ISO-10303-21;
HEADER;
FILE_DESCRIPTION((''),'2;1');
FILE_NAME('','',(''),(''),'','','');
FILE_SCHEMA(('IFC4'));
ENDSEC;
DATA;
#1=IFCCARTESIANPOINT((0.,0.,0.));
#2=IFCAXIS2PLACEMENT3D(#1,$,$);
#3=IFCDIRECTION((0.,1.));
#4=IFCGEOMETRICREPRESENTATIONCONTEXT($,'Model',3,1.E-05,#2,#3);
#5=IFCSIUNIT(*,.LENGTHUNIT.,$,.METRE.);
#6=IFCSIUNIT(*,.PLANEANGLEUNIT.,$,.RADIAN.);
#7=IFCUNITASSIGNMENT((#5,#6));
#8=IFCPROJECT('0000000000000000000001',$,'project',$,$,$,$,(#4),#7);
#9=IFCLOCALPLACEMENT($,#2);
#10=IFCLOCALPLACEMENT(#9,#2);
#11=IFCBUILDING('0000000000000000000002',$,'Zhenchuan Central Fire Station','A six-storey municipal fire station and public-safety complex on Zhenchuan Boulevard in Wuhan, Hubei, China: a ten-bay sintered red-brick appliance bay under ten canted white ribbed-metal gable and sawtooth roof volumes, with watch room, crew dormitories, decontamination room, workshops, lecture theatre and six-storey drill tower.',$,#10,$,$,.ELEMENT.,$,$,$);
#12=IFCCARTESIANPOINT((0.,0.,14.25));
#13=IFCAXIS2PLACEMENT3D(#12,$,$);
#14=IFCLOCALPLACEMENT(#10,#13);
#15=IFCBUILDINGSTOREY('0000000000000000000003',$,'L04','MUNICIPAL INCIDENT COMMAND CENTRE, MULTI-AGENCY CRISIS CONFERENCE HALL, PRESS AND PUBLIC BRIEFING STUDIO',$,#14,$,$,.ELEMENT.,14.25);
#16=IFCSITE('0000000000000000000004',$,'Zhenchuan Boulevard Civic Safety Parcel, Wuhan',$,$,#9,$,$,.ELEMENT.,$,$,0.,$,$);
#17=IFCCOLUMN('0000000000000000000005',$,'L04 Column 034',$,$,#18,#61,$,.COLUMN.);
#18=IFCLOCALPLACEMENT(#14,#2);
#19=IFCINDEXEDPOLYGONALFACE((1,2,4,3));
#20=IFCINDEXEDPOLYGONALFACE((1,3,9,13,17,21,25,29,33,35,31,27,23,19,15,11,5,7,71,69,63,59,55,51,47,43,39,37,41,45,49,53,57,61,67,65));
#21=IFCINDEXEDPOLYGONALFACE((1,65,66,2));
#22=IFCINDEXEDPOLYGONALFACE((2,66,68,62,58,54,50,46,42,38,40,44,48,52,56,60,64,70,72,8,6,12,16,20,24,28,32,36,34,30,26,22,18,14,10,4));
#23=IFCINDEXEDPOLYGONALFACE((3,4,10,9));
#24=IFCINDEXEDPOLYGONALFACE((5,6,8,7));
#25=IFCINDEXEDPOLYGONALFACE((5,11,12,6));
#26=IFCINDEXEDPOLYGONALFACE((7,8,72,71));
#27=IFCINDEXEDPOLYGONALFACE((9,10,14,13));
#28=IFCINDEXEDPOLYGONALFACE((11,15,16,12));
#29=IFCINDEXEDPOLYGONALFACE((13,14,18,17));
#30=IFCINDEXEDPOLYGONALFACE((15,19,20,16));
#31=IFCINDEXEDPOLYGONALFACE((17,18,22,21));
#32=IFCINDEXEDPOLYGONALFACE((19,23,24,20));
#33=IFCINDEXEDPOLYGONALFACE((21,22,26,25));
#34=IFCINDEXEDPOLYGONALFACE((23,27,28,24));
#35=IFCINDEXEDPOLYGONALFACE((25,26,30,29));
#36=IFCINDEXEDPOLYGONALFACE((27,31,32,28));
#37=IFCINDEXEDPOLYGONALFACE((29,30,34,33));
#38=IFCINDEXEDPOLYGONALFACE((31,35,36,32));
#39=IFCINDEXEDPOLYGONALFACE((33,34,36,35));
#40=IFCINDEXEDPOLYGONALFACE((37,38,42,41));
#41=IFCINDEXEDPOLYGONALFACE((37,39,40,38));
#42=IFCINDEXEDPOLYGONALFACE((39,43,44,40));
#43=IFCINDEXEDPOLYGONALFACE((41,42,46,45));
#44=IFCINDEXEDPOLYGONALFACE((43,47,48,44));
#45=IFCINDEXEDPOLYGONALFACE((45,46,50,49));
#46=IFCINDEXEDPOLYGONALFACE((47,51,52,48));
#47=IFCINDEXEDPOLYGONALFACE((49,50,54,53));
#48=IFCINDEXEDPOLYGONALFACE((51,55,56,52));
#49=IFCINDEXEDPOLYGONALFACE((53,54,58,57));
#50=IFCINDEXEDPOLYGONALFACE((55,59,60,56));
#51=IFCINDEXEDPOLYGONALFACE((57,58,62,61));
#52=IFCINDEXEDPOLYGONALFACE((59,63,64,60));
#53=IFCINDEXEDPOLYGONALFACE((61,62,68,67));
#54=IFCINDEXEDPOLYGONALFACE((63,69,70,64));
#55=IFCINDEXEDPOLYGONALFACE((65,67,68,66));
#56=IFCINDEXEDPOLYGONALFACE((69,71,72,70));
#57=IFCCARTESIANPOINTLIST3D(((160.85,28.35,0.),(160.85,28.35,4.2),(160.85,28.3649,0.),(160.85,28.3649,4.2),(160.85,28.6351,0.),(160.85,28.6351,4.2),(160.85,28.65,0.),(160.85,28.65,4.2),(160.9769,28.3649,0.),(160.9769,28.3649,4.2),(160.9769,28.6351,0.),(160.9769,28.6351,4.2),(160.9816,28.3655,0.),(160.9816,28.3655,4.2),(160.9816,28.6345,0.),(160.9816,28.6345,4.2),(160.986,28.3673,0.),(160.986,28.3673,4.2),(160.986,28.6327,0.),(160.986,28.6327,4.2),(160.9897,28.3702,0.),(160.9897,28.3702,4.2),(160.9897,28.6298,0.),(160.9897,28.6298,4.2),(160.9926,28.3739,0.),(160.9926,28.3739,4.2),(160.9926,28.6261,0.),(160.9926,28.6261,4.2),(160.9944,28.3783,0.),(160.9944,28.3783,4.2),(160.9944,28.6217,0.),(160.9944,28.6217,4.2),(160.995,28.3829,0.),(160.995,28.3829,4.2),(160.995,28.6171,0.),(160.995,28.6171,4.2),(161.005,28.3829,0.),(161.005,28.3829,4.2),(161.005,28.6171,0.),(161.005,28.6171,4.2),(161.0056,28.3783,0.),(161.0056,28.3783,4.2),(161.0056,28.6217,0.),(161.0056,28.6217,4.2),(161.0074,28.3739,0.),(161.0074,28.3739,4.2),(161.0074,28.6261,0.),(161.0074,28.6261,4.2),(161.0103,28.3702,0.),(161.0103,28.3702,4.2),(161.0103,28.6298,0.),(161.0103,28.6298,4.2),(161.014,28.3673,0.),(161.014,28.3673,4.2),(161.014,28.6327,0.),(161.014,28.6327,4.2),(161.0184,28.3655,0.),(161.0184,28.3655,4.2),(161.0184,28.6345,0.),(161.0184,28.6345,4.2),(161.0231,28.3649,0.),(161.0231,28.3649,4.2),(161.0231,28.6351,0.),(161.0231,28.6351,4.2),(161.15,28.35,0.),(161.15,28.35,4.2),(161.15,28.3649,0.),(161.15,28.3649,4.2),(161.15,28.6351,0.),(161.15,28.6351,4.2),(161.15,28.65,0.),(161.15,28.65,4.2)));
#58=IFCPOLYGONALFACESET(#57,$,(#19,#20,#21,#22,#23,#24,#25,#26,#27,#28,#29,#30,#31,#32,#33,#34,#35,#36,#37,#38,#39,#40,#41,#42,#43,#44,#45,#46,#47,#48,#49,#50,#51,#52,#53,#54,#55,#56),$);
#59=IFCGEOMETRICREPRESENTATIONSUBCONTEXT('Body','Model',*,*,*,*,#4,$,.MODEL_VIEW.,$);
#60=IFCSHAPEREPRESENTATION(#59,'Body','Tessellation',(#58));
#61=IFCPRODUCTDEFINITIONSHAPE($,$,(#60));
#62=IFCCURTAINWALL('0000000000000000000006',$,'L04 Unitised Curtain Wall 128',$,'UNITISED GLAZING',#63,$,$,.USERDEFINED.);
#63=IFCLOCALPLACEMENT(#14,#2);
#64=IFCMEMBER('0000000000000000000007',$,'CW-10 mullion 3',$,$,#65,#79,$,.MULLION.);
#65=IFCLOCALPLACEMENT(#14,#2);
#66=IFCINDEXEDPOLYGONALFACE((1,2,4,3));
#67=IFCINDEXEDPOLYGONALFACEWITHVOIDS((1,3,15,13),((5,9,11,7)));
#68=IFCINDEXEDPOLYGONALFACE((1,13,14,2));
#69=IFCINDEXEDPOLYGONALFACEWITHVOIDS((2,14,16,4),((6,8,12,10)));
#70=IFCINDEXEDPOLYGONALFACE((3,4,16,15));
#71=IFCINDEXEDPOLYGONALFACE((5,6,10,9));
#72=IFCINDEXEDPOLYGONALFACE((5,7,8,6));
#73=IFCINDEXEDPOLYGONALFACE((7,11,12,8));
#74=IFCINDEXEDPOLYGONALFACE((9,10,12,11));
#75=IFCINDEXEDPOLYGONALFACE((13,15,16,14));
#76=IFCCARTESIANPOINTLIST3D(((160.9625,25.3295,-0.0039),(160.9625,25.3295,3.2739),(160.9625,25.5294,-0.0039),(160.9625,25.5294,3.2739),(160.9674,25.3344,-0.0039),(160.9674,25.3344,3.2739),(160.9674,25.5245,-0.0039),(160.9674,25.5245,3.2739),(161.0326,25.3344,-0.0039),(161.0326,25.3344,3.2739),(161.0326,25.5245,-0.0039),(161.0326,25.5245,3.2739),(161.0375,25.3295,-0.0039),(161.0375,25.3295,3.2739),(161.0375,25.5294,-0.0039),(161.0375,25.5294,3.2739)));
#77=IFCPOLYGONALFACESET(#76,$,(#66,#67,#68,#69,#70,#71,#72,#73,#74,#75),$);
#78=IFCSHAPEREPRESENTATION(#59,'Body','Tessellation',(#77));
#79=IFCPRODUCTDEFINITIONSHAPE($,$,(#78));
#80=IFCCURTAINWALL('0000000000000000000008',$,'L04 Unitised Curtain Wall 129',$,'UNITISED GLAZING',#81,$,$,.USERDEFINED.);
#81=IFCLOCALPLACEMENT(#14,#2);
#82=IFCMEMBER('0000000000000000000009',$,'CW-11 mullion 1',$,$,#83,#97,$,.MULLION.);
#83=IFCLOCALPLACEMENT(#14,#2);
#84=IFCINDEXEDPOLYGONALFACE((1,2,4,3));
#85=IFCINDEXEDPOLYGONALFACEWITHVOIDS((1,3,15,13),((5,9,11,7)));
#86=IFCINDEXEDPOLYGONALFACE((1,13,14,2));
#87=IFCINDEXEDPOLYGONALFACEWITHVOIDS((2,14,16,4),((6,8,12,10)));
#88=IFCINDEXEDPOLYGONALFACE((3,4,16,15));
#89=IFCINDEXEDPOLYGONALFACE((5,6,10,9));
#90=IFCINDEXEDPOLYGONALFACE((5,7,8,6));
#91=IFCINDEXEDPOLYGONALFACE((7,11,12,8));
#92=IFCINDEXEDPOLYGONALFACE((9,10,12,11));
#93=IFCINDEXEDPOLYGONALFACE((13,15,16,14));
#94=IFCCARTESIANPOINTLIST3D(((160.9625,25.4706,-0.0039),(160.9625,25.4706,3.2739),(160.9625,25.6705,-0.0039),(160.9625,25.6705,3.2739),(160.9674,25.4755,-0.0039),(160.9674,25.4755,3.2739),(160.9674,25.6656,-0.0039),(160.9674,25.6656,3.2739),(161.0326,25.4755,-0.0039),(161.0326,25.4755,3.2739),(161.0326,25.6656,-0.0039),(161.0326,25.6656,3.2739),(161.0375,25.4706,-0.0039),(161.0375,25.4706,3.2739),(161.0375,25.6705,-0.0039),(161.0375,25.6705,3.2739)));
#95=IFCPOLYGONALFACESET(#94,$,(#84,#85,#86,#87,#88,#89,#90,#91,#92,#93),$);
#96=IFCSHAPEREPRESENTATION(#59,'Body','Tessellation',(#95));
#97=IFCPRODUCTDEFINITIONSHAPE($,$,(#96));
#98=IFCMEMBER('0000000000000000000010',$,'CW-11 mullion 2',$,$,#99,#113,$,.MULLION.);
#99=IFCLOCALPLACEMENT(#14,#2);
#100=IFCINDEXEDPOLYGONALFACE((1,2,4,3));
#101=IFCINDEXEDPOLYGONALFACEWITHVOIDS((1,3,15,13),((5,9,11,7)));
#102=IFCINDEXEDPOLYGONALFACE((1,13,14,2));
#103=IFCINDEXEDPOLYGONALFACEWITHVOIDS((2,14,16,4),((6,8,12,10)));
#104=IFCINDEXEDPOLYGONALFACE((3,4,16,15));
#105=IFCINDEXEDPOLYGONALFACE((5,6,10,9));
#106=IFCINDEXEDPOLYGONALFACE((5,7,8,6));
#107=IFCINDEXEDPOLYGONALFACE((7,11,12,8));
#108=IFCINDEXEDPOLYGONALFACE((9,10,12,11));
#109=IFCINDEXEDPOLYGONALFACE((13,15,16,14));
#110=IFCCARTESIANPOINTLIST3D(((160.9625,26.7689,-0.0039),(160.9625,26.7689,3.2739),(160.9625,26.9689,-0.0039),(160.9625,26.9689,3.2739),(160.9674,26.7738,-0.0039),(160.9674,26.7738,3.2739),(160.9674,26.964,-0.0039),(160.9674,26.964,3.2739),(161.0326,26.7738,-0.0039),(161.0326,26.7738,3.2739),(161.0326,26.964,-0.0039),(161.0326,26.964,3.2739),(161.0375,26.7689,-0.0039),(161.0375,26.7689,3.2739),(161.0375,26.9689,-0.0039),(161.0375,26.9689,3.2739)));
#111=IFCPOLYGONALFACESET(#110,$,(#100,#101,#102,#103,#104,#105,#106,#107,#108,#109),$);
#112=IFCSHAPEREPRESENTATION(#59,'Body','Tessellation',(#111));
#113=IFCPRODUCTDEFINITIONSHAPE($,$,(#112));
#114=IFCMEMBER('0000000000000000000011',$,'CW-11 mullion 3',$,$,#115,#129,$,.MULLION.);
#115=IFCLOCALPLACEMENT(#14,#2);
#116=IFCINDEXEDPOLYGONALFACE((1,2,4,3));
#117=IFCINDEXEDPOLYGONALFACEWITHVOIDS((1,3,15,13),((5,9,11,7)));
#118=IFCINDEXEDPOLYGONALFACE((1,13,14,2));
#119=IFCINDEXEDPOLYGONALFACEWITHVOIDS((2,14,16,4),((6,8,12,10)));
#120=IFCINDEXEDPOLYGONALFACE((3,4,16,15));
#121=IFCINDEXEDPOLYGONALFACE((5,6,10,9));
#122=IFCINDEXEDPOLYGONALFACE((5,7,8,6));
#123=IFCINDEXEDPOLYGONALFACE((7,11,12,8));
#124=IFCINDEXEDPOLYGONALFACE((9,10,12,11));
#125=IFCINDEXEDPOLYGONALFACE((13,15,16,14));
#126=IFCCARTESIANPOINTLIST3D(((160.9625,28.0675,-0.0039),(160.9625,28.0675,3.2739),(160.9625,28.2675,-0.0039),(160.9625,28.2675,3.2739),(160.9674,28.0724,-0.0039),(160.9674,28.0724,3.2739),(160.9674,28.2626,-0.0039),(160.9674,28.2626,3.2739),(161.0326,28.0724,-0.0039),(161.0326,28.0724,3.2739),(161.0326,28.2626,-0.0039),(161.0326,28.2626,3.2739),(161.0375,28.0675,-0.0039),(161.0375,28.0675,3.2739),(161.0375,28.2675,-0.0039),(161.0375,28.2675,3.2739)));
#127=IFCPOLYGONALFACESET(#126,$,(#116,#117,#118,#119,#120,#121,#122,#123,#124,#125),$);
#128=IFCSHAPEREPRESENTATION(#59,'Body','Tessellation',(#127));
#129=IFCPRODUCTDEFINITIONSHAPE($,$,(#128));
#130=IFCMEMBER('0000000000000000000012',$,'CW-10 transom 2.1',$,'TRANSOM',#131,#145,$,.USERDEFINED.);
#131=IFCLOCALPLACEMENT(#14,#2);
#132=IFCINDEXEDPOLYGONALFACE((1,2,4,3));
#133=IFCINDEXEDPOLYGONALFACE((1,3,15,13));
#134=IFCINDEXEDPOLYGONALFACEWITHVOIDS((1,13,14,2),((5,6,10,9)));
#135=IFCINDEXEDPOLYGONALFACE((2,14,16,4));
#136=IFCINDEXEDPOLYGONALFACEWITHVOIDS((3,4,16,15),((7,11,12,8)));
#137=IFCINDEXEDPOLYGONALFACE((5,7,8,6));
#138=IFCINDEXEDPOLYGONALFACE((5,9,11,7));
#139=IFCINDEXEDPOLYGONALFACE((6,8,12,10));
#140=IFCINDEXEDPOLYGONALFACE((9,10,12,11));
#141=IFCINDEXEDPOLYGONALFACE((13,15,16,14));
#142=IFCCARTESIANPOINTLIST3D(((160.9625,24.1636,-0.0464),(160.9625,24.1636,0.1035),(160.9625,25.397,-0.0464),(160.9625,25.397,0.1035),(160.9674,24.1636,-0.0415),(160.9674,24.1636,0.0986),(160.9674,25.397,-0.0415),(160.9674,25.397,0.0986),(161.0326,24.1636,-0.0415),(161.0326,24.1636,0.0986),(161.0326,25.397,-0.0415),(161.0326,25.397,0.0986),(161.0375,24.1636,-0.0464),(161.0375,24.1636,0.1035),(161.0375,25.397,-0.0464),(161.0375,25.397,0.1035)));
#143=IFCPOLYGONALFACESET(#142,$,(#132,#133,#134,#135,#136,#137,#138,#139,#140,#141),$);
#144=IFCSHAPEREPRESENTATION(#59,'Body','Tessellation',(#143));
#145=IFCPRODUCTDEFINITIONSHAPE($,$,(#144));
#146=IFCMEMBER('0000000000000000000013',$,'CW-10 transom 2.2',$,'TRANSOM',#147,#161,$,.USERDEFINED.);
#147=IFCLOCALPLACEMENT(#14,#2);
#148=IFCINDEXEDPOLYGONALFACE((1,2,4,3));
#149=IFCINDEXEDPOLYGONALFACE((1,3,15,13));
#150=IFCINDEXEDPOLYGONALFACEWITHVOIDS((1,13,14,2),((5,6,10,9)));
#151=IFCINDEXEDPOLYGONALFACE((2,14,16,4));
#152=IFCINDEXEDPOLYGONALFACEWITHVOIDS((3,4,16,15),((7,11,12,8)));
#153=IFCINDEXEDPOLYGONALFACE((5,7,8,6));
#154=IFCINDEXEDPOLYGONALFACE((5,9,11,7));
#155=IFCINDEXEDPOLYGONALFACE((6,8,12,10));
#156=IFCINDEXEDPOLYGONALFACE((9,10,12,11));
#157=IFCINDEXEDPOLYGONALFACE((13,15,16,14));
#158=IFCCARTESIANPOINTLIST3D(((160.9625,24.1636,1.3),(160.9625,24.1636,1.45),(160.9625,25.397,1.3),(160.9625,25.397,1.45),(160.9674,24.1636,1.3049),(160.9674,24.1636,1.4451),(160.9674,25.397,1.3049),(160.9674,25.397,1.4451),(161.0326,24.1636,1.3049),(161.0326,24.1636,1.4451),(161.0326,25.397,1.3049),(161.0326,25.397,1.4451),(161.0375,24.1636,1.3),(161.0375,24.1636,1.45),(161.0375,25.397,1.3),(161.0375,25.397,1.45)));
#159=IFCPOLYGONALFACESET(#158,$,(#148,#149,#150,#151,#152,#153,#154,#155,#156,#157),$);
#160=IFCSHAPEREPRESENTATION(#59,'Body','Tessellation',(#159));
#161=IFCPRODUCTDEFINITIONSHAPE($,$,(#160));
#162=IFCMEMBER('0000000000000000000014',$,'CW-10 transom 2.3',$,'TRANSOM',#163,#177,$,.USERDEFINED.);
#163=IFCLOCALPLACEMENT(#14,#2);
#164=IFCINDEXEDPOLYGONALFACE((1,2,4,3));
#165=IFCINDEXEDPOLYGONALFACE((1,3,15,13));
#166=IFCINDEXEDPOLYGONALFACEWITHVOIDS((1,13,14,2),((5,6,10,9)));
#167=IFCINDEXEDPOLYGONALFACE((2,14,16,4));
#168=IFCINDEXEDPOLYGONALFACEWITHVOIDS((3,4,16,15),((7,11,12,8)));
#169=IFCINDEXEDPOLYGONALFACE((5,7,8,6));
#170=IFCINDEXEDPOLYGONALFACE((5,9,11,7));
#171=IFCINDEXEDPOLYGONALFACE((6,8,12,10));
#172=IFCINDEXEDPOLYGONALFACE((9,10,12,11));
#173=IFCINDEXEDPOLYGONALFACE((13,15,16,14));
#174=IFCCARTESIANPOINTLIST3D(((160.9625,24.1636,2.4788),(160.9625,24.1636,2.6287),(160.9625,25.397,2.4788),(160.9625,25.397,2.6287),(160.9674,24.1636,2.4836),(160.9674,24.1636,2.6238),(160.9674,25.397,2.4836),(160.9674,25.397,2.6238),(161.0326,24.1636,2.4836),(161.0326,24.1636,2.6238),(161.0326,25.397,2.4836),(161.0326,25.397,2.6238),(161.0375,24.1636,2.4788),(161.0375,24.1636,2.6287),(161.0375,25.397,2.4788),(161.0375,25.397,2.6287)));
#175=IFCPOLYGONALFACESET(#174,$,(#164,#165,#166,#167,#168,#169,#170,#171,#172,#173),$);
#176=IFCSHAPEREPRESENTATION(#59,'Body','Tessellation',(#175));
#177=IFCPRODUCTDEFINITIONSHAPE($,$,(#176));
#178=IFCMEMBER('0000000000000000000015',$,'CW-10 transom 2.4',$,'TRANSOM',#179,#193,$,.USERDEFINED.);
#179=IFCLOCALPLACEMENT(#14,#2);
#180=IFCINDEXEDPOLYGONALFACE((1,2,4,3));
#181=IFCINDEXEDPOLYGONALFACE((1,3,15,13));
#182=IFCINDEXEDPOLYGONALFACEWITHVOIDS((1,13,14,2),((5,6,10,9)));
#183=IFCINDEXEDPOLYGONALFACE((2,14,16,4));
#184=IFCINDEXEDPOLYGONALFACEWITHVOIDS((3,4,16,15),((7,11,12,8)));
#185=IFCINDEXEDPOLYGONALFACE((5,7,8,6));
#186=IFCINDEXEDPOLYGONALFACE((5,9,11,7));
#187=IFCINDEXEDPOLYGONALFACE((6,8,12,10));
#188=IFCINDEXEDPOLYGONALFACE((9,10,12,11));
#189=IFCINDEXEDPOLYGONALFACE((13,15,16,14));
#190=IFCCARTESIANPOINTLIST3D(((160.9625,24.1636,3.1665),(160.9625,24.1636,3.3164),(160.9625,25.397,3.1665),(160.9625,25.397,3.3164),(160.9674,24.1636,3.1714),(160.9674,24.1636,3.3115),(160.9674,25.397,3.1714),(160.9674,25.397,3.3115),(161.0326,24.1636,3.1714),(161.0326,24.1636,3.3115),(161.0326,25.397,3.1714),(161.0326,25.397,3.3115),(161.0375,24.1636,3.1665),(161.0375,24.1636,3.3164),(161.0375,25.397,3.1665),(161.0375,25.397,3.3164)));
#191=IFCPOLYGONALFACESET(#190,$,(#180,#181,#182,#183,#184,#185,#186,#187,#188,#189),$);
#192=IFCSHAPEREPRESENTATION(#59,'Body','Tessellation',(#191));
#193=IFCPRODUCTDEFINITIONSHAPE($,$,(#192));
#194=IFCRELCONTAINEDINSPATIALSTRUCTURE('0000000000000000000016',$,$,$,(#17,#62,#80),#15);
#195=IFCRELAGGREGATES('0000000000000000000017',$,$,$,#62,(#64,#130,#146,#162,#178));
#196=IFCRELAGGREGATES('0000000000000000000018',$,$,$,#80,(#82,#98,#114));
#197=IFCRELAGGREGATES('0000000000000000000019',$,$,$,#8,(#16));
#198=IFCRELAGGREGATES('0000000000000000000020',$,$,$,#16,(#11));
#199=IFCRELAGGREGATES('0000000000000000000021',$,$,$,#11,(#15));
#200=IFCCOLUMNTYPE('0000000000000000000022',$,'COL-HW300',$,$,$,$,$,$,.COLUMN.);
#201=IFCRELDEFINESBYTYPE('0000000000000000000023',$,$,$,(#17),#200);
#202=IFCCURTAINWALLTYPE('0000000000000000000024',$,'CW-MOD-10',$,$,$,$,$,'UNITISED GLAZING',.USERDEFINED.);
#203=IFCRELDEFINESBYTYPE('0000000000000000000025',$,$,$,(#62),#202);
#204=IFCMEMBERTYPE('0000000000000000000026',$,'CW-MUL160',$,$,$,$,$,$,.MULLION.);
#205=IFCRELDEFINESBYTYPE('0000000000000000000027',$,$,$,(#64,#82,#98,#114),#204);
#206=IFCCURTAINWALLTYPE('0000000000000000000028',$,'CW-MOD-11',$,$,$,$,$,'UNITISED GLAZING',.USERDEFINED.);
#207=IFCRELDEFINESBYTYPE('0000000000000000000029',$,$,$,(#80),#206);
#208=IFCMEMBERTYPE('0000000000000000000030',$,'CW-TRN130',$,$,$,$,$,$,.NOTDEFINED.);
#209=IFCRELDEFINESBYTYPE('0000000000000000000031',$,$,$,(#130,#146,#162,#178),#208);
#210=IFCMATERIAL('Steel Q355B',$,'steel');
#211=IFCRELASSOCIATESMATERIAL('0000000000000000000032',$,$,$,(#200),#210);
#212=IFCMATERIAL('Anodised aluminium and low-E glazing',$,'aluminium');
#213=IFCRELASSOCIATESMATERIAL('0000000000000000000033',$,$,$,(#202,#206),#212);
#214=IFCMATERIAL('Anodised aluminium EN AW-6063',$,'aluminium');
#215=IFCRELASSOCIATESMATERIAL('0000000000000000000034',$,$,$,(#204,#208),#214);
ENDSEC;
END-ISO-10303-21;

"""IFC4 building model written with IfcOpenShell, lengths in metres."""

from ifc_helpers import new_model, si_unit, direction, frame, origin, origin_2d, place, context, subcontext, project, spatial, hollow_rectangle, i_section, extrude, material, material_profile, profile_set, type_object, element, aggregate, save


model = new_model("IFC4")

# Units and contexts
model_context = context("Model", 3, precision=1e-05, world=origin(), true_north=direction((0.0, 1.0)))
body_context = subcontext(model_context, "Body", "Model", "MODEL_VIEW")
ifc_project = project(units=[si_unit("LENGTHUNIT", "METRE"), si_unit("PLANEANGLEUNIT", "RADIAN")], contexts=[model_context])

# Site, building, storey
site_placement = place(None, origin())
site = spatial("IfcSite", under=ifc_project, at=site_placement, Name="Zhenchuan Boulevard Civic Safety Parcel, Wuhan", CompositionType="ELEMENT", RefElevation=0.0)
building_placement = place(site_placement, origin())
building = spatial("IfcBuilding", under=site, at=building_placement, Name="Zhenchuan Central Fire Station", Description="A six-storey municipal fire station and public-safety complex on Zhenchuan Boulevard in Wuhan, Hubei, China: a ten-bay sintered red-brick appliance bay under ten canted white ribbed-metal gable and sawtooth roof volumes, with watch room, crew dormitories, decontamination room, workshops, lecture theatre and six-storey drill tower.", CompositionType="ELEMENT")
storey_placement = place(building_placement, frame((0.0, 0.0, 14.25)))
storey = spatial("IfcBuildingStorey", under=building, at=storey_placement, Name="L04", Description="MUNICIPAL INCIDENT COMMAND CENTRE, MULTI-AGENCY CRISIS CONFERENCE HALL, PRESS AND PUBLIC BRIEFING STUDIO", CompositionType="ELEMENT", Elevation=14.25)

# Column
ifc_material_1 = material(Name="Steel Q355B", Category="steel")
ifc_material_profile_1 = material_profile(ifc_material_1, i_section(OverallWidth=0.3, OverallDepth=0.3, WebThickness=0.01, FlangeThickness=0.0149, FilletRadius=0.0181, at=origin_2d()), Name="HW 300x300")
ifc_profile_set_1 = profile_set([ifc_material_profile_1], Name="Steel Q355B")
column_type = type_object("IfcColumnType", Name="COL-HW300", PredefinedType="COLUMN", material=ifc_profile_set_1)
column_placement = place(storey_placement, frame((161.0, 28.5, 0.0), z_axis=(0.0, 0.0, 1.0), x_axis=(1.0, 0.0, 0.0)))
element("IfcColumn", 1, at=column_placement, inside=storey, type_object=column_type, Name="L04 Column 034", PredefinedType="COLUMN", context=body_context, shape_type="SweptSolid", body=[
    extrude(i_section(OverallWidth=0.3, OverallDepth=0.3, WebThickness=0.01, FlangeThickness=0.0149, FilletRadius=0.0181, at=origin_2d()), origin(), (0.0, 0.0, 1.0), 4.2),
])

# Curtain wall, member
ifc_material_2 = material(Name="Anodised aluminium and low-E glazing", Category="aluminium")
curtain_wall_type_1 = type_object("IfcCurtainWallType", Name="CW-MOD-10", ElementType="UNITISED GLAZING", PredefinedType="USERDEFINED", material=ifc_material_2)
curtain_wall_1_placement = place(storey_placement, origin())
curtain_wall_1 = element("IfcCurtainWall", 2, at=curtain_wall_1_placement, inside=storey, type_object=curtain_wall_type_1, Name="L04 Unitised Curtain Wall 128", ObjectType="UNITISED GLAZING", PredefinedType="USERDEFINED")
ifc_material_3 = material(Name="Anodised aluminium EN AW-6063", Category="aluminium")
ifc_material_profile_2 = material_profile(ifc_material_3, hollow_rectangle(XDim=0.075, YDim=0.2, WallThickness=0.0049, at=origin_2d()), Name="ALU-M 200x75")
ifc_profile_set_2 = profile_set([ifc_material_profile_2], Name="Anodised aluminium EN AW-6063")
member_type_1 = type_object("IfcMemberType", Name="CW-MUL160", PredefinedType="MULLION", material=ifc_profile_set_2)
member_1_placement = place(storey_placement, frame((161.0, 25.4294, -0.0039), z_axis=(0.0, 0.0, 1.0), x_axis=(-1.0, 0.0, 0.0)))
member_1 = element("IfcMember", 3, at=member_1_placement, type_object=member_type_1, Name="CW-10 mullion 3", PredefinedType="MULLION", context=body_context, shape_type="SweptSolid", body=[
    extrude(hollow_rectangle(XDim=0.075, YDim=0.2, WallThickness=0.0049, at=origin_2d()), origin(), (0.0, 0.0, 1.0), 3.2778),
])

# Curtain wall, members
curtain_wall_type_2 = type_object("IfcCurtainWallType", Name="CW-MOD-11", ElementType="UNITISED GLAZING", PredefinedType="USERDEFINED", material=ifc_material_2)
curtain_wall_2_placement = place(storey_placement, origin())
curtain_wall_2 = element("IfcCurtainWall", 4, at=curtain_wall_2_placement, inside=storey, type_object=curtain_wall_type_2, Name="L04 Unitised Curtain Wall 129", ObjectType="UNITISED GLAZING", PredefinedType="USERDEFINED")
member_2_placement = place(storey_placement, frame((161.0, 25.5706, -0.0039), z_axis=(0.0, 0.0, 1.0), x_axis=(-1.0, 0.0, 0.0)))
member_2 = element("IfcMember", 5, at=member_2_placement, type_object=member_type_1, Name="CW-11 mullion 1", PredefinedType="MULLION", context=body_context, shape_type="SweptSolid", body=[
    extrude(hollow_rectangle(XDim=0.075, YDim=0.2, WallThickness=0.0049, at=origin_2d()), origin(), (0.0, 0.0, 1.0), 3.2778),
])
member_3_placement = place(storey_placement, frame((161.0, 26.8689, -0.0039), z_axis=(0.0, 0.0, 1.0), x_axis=(-1.0, 0.0, 0.0)))
member_3 = element("IfcMember", 6, at=member_3_placement, type_object=member_type_1, Name="CW-11 mullion 2", PredefinedType="MULLION", context=body_context, shape_type="SweptSolid", body=[
    extrude(hollow_rectangle(XDim=0.075, YDim=0.2, WallThickness=0.0049, at=origin_2d()), origin(), (0.0, 0.0, 1.0), 3.2778),
])
member_4_placement = place(storey_placement, frame((161.0, 28.1675, -0.0039), z_axis=(0.0, 0.0, 1.0), x_axis=(-1.0, 0.0, 0.0)))
member_4 = element("IfcMember", 7, at=member_4_placement, type_object=member_type_1, Name="CW-11 mullion 3", PredefinedType="MULLION", context=body_context, shape_type="SweptSolid", body=[
    extrude(hollow_rectangle(XDim=0.075, YDim=0.2, WallThickness=0.0049, at=origin_2d()), origin(), (0.0, 0.0, 1.0), 3.2778),
])

# Members
ifc_material_profile_3 = material_profile(ifc_material_3, hollow_rectangle(XDim=0.075, YDim=0.1499, WallThickness=0.0049, at=origin_2d()), Name="ALU-T 150x75")
ifc_profile_set_3 = profile_set([ifc_material_profile_3], Name="Anodised aluminium EN AW-6063")
member_type_2 = type_object("IfcMemberType", Name="CW-TRN130", PredefinedType="NOTDEFINED", material=ifc_profile_set_3)
member_5_placement = place(storey_placement, frame((161.0, 24.1636, 0.0286), z_axis=(0.0, 1.0, 0.0), x_axis=(-1.0, 0.0, 0.0)))
member_5 = element("IfcMember", 8, at=member_5_placement, type_object=member_type_2, Name="CW-10 transom 2.1", ObjectType="TRANSOM", PredefinedType="USERDEFINED", context=body_context, shape_type="SweptSolid", body=[
    extrude(hollow_rectangle(XDim=0.075, YDim=0.1499, WallThickness=0.0049, at=origin_2d()), origin(), (0.0, 0.0, 1.0), 1.2334),
])
member_6_placement = place(storey_placement, frame((161.0, 24.1636, 1.375), z_axis=(0.0, 1.0, 0.0), x_axis=(-1.0, 0.0, 0.0)))
member_6 = element("IfcMember", 9, at=member_6_placement, type_object=member_type_2, Name="CW-10 transom 2.2", ObjectType="TRANSOM", PredefinedType="USERDEFINED", context=body_context, shape_type="SweptSolid", body=[
    extrude(hollow_rectangle(XDim=0.075, YDim=0.1499, WallThickness=0.0049, at=origin_2d()), origin(), (0.0, 0.0, 1.0), 1.2334),
])
member_7_placement = place(storey_placement, frame((161.0, 24.1636, 2.5537), z_axis=(0.0, 1.0, 0.0), x_axis=(-1.0, 0.0, 0.0)))
member_7 = element("IfcMember", 10, at=member_7_placement, type_object=member_type_2, Name="CW-10 transom 2.3", ObjectType="TRANSOM", PredefinedType="USERDEFINED", context=body_context, shape_type="SweptSolid", body=[
    extrude(hollow_rectangle(XDim=0.075, YDim=0.1499, WallThickness=0.0049, at=origin_2d()), origin(), (0.0, 0.0, 1.0), 1.2334),
])
member_8_placement = place(storey_placement, frame((161.0, 24.1636, 3.2415), z_axis=(0.0, 1.0, 0.0), x_axis=(-1.0, 0.0, 0.0)))
member_8 = element("IfcMember", 11, at=member_8_placement, type_object=member_type_2, Name="CW-10 transom 2.4", ObjectType="TRANSOM", PredefinedType="USERDEFINED", context=body_context, shape_type="SweptSolid", body=[
    extrude(hollow_rectangle(XDim=0.075, YDim=0.1499, WallThickness=0.0049, at=origin_2d()), origin(), (0.0, 0.0, 1.0), 1.2334),
])

aggregate(curtain_wall_1, [member_1, member_5, member_6, member_7, member_8])
aggregate(curtain_wall_2, [member_2, member_3, member_4])

save(model, "model.ifc")
